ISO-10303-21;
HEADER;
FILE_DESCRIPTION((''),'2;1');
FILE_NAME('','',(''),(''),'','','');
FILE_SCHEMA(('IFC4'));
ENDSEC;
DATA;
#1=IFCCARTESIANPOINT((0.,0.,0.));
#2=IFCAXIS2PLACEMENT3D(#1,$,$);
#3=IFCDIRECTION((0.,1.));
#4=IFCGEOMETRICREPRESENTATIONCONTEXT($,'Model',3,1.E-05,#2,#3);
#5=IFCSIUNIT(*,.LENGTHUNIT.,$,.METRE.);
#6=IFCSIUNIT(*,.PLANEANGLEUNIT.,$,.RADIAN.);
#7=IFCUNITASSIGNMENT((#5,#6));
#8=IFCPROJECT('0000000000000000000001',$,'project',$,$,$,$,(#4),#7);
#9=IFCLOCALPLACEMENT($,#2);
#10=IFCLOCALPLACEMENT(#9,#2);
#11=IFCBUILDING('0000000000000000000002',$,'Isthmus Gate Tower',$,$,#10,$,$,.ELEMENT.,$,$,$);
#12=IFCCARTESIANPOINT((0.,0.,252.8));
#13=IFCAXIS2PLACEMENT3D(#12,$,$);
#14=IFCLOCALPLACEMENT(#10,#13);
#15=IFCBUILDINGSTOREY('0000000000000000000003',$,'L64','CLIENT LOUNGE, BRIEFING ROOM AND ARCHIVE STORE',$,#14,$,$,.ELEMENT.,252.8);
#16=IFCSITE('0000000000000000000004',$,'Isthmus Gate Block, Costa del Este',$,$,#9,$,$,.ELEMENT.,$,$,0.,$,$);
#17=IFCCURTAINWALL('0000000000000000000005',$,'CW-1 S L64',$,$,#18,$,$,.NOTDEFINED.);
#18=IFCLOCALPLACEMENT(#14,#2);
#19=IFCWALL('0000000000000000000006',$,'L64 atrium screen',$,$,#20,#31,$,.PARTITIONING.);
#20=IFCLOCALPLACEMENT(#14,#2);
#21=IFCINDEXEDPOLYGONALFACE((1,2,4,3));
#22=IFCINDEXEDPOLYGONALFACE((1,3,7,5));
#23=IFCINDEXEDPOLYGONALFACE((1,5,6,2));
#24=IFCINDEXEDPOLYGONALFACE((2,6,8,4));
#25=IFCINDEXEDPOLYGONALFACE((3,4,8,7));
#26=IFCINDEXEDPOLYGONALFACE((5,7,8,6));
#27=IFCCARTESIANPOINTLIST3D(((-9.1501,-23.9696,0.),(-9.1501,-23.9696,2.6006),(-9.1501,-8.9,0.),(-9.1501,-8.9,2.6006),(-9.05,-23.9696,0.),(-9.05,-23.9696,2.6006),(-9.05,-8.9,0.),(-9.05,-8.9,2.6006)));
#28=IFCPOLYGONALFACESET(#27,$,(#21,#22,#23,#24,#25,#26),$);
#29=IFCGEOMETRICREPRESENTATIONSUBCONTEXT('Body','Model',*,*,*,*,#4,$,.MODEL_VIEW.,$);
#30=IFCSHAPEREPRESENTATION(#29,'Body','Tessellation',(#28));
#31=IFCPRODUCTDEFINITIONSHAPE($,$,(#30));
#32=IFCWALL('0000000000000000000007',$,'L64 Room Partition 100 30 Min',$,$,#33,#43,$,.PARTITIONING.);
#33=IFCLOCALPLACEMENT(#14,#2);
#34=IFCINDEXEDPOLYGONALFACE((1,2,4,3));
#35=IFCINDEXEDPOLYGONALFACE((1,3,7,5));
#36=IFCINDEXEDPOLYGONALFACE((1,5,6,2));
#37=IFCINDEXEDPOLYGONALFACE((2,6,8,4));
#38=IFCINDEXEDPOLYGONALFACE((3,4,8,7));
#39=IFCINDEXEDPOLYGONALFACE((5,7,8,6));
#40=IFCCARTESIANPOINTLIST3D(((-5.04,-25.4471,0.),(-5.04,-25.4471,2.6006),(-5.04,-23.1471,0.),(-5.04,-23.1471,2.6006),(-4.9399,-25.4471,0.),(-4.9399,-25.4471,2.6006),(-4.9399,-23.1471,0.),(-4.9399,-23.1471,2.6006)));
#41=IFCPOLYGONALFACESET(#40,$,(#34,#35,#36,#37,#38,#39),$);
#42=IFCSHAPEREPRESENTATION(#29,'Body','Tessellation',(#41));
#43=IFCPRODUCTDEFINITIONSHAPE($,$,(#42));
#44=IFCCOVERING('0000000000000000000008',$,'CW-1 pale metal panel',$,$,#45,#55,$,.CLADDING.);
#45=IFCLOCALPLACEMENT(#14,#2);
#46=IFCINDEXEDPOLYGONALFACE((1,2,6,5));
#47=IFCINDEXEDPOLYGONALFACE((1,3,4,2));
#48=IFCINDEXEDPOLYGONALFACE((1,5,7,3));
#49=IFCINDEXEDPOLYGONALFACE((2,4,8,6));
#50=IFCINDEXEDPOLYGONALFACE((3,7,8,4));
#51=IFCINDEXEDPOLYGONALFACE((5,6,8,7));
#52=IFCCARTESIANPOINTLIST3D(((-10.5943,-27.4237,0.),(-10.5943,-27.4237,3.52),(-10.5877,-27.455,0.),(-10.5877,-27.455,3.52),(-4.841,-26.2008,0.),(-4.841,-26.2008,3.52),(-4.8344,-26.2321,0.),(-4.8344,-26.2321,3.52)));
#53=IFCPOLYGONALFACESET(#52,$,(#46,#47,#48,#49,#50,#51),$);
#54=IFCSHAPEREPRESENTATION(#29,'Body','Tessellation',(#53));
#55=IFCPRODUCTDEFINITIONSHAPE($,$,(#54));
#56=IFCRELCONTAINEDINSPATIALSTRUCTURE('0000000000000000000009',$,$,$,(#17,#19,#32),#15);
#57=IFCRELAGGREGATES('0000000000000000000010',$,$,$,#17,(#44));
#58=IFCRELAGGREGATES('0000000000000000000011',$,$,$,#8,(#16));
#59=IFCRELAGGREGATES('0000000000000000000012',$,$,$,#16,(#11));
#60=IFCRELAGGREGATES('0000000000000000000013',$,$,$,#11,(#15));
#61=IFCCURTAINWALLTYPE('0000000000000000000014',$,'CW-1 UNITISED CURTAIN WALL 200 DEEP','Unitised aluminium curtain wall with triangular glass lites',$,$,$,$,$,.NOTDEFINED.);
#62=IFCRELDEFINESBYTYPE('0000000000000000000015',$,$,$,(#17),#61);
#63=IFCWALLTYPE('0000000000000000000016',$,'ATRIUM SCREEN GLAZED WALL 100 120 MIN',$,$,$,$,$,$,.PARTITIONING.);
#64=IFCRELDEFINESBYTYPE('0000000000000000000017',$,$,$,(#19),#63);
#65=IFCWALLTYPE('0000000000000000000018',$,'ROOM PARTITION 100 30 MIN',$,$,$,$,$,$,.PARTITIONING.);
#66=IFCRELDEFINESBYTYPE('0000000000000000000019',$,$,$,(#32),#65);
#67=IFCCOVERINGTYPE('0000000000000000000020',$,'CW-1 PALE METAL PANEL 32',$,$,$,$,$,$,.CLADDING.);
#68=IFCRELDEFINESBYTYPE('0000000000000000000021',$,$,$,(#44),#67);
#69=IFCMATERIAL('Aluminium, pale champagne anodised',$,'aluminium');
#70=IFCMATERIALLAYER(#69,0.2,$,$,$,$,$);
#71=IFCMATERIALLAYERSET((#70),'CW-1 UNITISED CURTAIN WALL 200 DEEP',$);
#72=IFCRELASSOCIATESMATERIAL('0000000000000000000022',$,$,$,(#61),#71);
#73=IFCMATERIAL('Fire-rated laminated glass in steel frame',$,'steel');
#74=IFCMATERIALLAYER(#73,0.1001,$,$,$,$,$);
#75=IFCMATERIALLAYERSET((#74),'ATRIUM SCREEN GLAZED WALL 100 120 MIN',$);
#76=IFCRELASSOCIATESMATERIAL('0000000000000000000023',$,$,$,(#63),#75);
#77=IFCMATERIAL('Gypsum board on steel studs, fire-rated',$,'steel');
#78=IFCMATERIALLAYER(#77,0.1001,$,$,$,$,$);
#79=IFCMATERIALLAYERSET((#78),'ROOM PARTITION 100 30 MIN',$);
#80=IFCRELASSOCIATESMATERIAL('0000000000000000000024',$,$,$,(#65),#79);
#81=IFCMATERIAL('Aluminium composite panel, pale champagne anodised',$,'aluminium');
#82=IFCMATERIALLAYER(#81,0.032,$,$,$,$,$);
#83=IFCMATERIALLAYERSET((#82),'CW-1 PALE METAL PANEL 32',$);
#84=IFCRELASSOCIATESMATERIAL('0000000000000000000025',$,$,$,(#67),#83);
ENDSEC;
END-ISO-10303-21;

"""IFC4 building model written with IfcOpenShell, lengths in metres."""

from ifc_helpers import new_model, si_unit, direction, frame, frame_2d, origin, origin_2d, place, context, subcontext, project, spatial, rectangle, extrude, material, layer, layer_set, type_object, element, aggregate, save


model = new_model("IFC4")

# Units and contexts
model_context = context("Model", 3, precision=1e-05, world=origin(), true_north=direction((0.0, 1.0)))
body_context = subcontext(model_context, "Body", "Model", "MODEL_VIEW")
ifc_project = project(units=[si_unit("LENGTHUNIT", "METRE"), si_unit("PLANEANGLEUNIT", "RADIAN")], contexts=[model_context])

# Site, building, storey
site_placement = place(None, origin())
site = spatial("IfcSite", under=ifc_project, at=site_placement, Name="Isthmus Gate Block, Costa del Este", CompositionType="ELEMENT", RefElevation=0.0)
building_placement = place(site_placement, origin())
building = spatial("IfcBuilding", under=site, at=building_placement, Name="Isthmus Gate Tower", CompositionType="ELEMENT")
storey_placement = place(building_placement, frame((0.0, 0.0, 252.8)))
storey = spatial("IfcBuildingStorey", under=building, at=storey_placement, Name="L64", Description="CLIENT LOUNGE, BRIEFING ROOM AND ARCHIVE STORE", CompositionType="ELEMENT", Elevation=252.8)

# Curtain wall
ifc_material_1 = material(Name="Aluminium, pale champagne anodised", Category="aluminium")
ifc_layer_1 = layer(ifc_material_1, 0.2)
ifc_layer_set_1 = layer_set([ifc_layer_1], Name="CW-1 UNITISED CURTAIN WALL 200 DEEP")
curtain_wall_type = type_object("IfcCurtainWallType", Name="CW-1 UNITISED CURTAIN WALL 200 DEEP", Description="Unitised aluminium curtain wall with triangular glass lites", PredefinedType="NOTDEFINED", material=ifc_layer_set_1)
curtain_wall_1_placement = place(storey_placement, origin())
curtain_wall_1 = element("IfcCurtainWall", 1, at=curtain_wall_1_placement, inside=storey, type_object=curtain_wall_type, Name="CW-1 S L64", PredefinedType="NOTDEFINED")

# Walls
ifc_material_2 = material(Name="Fire-rated laminated glass in steel frame", Category="steel")
ifc_layer_2 = layer(ifc_material_2, 0.1001)
ifc_layer_set_2 = layer_set([ifc_layer_2], Name="ATRIUM SCREEN GLAZED WALL 100 120 MIN")
wall_type_1 = type_object("IfcWallType", Name="ATRIUM SCREEN GLAZED WALL 100 120 MIN", PredefinedType="PARTITIONING", material=ifc_layer_set_2)
wall_1_placement = place(storey_placement, frame((-9.1001, -23.9695, 0.0), z_axis=(0.0, 0.0, 1.0), x_axis=(0.0, 1.0, 0.0)))
element("IfcWall", 2, at=wall_1_placement, inside=storey, type_object=wall_type_1, Name="L64 atrium screen", PredefinedType="PARTITIONING", context=body_context, shape_type="SweptSolid", body=[
    extrude(rectangle(XDim=15.0696, YDim=0.1001, at=frame_2d((7.5347, 0.0))), origin(), (0.0, 0.0, 1.0), 2.6006),
])
ifc_material_3 = material(Name="Gypsum board on steel studs, fire-rated", Category="steel")
ifc_layer_3 = layer(ifc_material_3, 0.1001)
ifc_layer_set_3 = layer_set([ifc_layer_3], Name="ROOM PARTITION 100 30 MIN")
wall_type_2 = type_object("IfcWallType", Name="ROOM PARTITION 100 30 MIN", PredefinedType="PARTITIONING", material=ifc_layer_set_3)
wall_2_placement = place(storey_placement, frame((-4.99, -25.447, 0.0), z_axis=(0.0, 0.0, 1.0), x_axis=(0.0, 1.0, 0.0)))
element("IfcWall", 3, at=wall_2_placement, inside=storey, type_object=wall_type_2, Name="L64 Room Partition 100 30 Min", PredefinedType="PARTITIONING", context=body_context, shape_type="SweptSolid", body=[
    extrude(rectangle(XDim=2.3, YDim=0.1001, at=frame_2d((1.1499, 0.0))), origin(), (0.0, 0.0, 1.0), 2.6006),
])

# Covering
ifc_material_4 = material(Name="Aluminium composite panel, pale champagne anodised", Category="aluminium")
ifc_layer_4 = layer(ifc_material_4, 0.032)
ifc_layer_set_4 = layer_set([ifc_layer_4], Name="CW-1 PALE METAL PANEL 32")
covering_type = type_object("IfcCoveringType", Name="CW-1 PALE METAL PANEL 32", PredefinedType="CLADDING", material=ifc_layer_set_4)
covering_placement = place(storey_placement, frame((-7.7144, -26.8279, 0.0), z_axis=(0.0, 0.0, 1.0), x_axis=(0.978148, 0.207912, 0.0)))
covering = element("IfcCovering", 4, at=covering_placement, type_object=covering_type, Name="CW-1 pale metal panel", PredefinedType="CLADDING", context=body_context, shape_type="SweptSolid", body=[
    extrude(rectangle(XDim=5.8818, YDim=0.032, at=origin_2d()), origin(), (0.0, 0.0, 1.0), 3.52),
])
aggregate(curtain_wall_1, [covering])

save(model, "model.ifc")
